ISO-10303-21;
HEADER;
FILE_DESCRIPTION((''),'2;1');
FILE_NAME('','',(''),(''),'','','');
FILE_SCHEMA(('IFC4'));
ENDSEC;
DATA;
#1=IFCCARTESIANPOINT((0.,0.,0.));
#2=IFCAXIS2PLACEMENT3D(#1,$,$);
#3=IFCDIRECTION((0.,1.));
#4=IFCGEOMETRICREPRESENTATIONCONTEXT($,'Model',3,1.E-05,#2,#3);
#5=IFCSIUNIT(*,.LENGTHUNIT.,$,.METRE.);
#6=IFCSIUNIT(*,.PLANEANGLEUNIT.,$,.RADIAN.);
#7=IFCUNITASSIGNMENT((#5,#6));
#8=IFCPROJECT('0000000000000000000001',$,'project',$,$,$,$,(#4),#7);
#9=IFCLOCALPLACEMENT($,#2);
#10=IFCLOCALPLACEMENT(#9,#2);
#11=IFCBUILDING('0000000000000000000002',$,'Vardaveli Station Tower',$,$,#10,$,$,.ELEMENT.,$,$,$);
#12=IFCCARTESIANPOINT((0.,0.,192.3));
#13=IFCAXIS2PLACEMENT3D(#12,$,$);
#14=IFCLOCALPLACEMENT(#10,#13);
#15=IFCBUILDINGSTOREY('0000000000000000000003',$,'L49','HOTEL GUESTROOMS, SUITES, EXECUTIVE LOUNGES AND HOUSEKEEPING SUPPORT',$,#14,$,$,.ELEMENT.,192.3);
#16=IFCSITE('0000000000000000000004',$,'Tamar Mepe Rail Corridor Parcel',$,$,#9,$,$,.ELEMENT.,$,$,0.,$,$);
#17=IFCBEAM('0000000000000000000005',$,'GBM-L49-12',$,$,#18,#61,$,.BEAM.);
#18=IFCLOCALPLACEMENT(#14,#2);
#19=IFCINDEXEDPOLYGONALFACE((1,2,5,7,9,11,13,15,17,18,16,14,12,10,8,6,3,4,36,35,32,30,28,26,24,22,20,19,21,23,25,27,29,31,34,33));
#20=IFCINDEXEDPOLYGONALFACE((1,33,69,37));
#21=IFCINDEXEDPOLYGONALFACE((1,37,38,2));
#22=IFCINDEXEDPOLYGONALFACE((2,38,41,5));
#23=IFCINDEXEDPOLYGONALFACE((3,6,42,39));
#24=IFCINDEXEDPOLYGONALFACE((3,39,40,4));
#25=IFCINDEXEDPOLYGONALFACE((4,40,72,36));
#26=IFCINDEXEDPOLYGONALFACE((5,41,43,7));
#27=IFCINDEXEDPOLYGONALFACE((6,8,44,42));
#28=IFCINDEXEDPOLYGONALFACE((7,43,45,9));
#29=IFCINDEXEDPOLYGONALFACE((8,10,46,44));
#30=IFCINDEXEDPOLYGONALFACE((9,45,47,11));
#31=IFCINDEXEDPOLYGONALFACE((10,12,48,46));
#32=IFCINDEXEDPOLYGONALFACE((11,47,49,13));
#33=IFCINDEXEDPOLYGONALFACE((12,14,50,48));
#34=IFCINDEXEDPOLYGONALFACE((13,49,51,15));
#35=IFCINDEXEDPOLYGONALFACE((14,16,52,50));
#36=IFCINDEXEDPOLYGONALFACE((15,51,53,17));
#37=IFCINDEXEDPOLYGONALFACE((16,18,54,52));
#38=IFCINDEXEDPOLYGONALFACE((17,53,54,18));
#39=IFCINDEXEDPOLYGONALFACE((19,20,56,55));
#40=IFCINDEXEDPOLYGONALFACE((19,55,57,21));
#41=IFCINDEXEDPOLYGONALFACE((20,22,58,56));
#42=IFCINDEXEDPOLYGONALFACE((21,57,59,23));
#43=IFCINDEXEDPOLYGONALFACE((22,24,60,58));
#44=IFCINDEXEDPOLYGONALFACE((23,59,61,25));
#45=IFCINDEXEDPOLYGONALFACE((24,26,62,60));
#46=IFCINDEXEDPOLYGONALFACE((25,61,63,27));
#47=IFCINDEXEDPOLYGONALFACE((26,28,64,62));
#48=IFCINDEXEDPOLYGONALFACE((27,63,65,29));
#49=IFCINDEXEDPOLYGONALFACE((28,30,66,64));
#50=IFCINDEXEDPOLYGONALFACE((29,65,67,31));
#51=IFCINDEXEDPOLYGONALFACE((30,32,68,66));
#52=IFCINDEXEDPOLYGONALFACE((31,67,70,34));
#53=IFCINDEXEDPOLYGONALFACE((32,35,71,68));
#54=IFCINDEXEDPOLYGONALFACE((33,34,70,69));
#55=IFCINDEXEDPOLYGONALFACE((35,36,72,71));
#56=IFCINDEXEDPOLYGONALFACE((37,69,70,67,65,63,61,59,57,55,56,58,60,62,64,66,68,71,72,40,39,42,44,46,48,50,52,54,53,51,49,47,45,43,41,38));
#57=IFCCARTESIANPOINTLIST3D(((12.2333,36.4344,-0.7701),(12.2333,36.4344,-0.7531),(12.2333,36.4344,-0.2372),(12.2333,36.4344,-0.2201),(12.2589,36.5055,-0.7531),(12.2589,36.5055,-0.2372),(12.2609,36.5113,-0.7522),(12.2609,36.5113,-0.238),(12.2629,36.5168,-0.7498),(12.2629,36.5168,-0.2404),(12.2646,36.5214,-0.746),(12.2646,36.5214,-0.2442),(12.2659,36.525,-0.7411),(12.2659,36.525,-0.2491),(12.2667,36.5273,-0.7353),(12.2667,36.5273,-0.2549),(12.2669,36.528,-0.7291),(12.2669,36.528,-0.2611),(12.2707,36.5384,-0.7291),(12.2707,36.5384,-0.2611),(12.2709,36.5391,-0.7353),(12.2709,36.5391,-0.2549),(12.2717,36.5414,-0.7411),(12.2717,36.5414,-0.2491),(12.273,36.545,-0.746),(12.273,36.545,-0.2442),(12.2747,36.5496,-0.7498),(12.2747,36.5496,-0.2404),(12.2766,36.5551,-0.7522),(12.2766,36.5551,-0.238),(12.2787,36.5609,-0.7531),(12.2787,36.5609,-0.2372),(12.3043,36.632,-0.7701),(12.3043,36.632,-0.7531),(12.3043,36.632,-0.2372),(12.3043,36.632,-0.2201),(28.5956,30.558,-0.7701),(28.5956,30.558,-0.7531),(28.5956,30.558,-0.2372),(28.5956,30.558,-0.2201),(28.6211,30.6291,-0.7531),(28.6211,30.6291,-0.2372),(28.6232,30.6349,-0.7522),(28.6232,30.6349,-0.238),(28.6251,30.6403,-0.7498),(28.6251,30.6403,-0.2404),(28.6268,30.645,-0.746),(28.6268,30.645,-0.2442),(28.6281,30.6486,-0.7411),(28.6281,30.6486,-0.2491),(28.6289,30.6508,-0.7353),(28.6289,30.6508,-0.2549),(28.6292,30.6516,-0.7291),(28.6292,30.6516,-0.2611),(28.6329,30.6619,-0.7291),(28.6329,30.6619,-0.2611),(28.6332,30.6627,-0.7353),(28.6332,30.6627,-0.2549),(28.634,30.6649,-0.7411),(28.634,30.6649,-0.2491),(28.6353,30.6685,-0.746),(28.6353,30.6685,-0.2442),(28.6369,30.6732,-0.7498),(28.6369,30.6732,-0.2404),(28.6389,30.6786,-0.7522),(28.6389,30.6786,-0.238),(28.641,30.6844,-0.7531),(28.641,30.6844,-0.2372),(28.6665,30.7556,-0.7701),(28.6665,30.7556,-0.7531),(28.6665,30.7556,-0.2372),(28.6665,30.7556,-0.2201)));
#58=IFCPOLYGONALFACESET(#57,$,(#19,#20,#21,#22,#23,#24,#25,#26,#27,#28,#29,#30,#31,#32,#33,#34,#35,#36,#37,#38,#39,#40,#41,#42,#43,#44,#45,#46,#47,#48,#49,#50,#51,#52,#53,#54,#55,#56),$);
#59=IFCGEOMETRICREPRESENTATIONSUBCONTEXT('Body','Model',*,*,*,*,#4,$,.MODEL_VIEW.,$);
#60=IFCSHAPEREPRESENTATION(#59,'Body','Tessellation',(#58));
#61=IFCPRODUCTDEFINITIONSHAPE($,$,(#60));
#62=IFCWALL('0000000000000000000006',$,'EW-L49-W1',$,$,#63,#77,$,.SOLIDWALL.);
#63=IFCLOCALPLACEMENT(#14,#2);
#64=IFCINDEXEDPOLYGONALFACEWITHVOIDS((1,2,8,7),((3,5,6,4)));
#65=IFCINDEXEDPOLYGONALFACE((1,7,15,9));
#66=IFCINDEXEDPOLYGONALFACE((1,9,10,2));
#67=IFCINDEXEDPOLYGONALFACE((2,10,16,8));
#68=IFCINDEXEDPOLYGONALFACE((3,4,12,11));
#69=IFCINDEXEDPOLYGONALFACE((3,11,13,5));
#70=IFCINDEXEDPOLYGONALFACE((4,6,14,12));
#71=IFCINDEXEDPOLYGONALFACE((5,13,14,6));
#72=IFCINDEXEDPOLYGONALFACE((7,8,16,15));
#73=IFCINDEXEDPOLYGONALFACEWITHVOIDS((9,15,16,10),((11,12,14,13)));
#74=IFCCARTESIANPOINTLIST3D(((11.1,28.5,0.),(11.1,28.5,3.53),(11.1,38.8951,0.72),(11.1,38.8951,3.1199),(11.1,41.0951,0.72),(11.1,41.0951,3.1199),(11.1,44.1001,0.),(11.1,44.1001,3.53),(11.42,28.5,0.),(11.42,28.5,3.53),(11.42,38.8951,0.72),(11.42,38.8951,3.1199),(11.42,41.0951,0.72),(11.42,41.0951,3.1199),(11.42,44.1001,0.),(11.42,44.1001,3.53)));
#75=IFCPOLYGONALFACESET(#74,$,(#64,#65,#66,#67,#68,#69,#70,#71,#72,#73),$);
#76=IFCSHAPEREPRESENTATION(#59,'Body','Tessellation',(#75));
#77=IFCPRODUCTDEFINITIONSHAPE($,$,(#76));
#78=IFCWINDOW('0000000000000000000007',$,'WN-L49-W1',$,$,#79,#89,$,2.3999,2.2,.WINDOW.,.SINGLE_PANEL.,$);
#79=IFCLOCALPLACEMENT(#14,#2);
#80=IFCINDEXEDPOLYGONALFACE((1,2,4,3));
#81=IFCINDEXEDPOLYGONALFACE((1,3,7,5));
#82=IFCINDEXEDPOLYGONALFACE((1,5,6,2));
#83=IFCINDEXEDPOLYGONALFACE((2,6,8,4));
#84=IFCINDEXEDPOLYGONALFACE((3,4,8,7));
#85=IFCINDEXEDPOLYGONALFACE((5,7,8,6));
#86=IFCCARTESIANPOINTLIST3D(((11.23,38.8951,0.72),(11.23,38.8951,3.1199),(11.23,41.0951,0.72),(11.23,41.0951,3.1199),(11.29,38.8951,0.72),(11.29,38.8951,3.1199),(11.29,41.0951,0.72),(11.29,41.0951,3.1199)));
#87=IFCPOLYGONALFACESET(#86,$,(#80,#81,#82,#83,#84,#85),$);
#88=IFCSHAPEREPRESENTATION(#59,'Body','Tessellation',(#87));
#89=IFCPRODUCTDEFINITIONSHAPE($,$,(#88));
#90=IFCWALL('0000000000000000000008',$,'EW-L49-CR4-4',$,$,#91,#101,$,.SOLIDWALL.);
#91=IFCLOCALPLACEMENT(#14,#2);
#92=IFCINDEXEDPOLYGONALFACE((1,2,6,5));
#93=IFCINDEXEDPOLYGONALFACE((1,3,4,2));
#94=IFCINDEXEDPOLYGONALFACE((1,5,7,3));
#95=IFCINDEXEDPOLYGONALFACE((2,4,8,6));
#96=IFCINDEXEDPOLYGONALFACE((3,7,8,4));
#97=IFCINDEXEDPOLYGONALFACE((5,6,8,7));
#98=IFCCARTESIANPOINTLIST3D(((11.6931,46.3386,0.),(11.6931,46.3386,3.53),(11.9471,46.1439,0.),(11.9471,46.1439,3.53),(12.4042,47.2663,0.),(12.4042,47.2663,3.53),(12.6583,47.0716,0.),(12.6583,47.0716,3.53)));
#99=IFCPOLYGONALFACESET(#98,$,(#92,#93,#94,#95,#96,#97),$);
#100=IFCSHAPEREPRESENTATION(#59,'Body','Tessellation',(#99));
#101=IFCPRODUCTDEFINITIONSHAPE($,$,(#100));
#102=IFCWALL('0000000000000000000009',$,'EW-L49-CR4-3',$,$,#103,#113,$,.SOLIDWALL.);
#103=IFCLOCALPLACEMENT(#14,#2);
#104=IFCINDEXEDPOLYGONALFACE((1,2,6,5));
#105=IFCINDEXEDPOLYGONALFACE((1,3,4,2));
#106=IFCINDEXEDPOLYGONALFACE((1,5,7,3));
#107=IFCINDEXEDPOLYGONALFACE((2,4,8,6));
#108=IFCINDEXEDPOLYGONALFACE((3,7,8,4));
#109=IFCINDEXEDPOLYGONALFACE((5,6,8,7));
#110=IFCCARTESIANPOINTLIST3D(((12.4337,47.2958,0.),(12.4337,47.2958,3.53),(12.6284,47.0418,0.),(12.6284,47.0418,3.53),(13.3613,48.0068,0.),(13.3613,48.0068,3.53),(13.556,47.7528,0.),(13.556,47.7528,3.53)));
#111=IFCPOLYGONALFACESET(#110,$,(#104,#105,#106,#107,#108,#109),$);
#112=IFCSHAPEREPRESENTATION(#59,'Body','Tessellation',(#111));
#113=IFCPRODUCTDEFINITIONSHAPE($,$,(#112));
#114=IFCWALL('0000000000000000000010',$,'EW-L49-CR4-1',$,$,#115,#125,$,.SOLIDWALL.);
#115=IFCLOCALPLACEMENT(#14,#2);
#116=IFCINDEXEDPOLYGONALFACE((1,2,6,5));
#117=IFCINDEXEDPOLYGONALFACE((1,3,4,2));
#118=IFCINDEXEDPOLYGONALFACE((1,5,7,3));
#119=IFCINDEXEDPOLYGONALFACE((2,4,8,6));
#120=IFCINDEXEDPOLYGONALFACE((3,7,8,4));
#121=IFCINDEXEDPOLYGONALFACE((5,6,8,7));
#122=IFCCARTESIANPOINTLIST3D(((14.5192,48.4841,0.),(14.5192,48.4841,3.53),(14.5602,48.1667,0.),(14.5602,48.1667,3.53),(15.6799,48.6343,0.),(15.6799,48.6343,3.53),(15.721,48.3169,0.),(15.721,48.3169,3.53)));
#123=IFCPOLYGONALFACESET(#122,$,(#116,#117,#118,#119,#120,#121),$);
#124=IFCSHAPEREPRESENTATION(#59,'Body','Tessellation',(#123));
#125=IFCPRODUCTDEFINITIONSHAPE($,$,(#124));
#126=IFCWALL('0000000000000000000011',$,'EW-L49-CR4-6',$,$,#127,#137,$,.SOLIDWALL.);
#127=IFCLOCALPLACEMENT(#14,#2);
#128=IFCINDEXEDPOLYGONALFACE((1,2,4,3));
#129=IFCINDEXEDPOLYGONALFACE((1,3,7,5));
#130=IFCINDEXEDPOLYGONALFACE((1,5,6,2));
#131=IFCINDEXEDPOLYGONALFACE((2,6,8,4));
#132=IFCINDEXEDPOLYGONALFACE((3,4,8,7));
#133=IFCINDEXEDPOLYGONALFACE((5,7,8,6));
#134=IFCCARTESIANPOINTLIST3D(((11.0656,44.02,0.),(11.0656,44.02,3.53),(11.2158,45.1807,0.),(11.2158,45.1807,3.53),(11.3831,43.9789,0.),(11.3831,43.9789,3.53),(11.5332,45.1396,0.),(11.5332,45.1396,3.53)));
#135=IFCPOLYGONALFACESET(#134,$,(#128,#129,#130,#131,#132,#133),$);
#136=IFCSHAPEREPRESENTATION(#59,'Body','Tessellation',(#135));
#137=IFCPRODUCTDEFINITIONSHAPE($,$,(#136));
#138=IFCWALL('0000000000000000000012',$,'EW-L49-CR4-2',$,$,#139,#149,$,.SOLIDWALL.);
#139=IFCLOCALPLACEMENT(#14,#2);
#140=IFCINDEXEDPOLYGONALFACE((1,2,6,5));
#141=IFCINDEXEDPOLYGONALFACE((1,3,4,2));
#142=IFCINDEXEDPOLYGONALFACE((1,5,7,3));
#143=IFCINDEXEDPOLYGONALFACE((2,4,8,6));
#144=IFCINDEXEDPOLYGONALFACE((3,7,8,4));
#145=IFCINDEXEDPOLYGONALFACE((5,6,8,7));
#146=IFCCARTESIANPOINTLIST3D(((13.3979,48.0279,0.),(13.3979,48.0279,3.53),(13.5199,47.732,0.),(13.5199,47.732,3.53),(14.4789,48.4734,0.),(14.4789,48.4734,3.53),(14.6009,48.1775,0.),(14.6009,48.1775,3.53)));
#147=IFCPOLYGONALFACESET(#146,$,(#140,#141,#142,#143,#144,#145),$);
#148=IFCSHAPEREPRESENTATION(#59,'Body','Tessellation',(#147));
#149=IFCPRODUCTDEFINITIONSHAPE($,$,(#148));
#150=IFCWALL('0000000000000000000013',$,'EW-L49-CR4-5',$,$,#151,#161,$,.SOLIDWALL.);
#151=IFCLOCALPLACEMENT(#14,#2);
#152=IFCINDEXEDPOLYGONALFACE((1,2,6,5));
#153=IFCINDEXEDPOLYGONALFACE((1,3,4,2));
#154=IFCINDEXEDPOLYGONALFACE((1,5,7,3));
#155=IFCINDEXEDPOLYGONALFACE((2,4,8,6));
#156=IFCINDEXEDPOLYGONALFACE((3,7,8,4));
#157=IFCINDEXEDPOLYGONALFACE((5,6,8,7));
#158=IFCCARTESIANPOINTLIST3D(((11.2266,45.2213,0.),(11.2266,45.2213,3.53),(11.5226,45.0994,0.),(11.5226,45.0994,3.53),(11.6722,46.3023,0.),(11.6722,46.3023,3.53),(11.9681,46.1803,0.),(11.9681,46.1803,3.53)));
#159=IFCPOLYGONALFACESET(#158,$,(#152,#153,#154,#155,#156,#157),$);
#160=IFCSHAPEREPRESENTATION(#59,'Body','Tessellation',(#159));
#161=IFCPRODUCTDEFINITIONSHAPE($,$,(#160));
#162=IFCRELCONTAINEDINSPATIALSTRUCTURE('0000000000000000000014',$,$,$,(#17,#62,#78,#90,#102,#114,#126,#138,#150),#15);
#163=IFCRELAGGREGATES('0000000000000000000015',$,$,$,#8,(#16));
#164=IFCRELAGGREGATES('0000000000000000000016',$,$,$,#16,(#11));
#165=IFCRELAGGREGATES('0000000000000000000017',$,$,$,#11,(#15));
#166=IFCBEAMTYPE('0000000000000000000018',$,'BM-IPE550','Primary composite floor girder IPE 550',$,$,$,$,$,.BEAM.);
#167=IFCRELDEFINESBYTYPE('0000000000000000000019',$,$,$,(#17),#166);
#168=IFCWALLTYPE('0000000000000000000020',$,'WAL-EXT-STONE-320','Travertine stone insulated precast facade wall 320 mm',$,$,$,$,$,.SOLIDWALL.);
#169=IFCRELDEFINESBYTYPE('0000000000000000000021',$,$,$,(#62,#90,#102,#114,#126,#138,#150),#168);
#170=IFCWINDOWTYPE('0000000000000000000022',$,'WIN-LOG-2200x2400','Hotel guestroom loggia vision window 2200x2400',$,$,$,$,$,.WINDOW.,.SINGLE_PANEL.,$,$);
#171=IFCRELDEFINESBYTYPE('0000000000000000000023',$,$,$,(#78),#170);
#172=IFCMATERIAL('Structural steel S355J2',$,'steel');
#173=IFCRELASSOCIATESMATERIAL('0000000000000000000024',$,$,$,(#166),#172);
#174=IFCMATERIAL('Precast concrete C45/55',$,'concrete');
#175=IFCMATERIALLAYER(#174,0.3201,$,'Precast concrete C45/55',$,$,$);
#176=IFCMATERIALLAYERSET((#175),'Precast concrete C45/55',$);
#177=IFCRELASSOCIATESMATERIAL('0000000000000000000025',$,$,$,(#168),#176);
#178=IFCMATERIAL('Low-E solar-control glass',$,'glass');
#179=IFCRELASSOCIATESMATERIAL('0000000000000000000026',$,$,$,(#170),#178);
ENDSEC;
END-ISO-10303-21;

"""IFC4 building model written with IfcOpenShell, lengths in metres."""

from ifc_helpers import new_model, si_unit, direction, frame, frame_2d, origin, origin_2d, place, context, subcontext, project, spatial, rectangle, i_section, extrude, source, transform, mapped, material, layer, layer_set, material_profile, profile_set, type_object, element, fill, save


model = new_model("IFC4")

# Units and contexts
model_context = context("Model", 3, precision=1e-05, world=origin(), true_north=direction((0.0, 1.0)))
body_context = subcontext(model_context, "Body", "Model", "MODEL_VIEW")
ifc_project = project(units=[si_unit("LENGTHUNIT", "METRE"), si_unit("PLANEANGLEUNIT", "RADIAN")], contexts=[model_context])

# Site, building, storey
site_placement = place(None, origin())
site = spatial("IfcSite", under=ifc_project, at=site_placement, Name="Tamar Mepe Rail Corridor Parcel", CompositionType="ELEMENT", RefElevation=0.0)
building_placement = place(site_placement, origin())
building = spatial("IfcBuilding", under=site, at=building_placement, Name="Vardaveli Station Tower", CompositionType="ELEMENT")
storey_placement = place(building_placement, frame((0.0, 0.0, 192.3)))
storey = spatial("IfcBuildingStorey", under=building, at=storey_placement, Name="L49", Description="HOTEL GUESTROOMS, SUITES, EXECUTIVE LOUNGES AND HOUSEKEEPING SUPPORT", CompositionType="ELEMENT", Elevation=192.3)

# Beam
ifc_material_1 = material(Name="Precast concrete C45/55", Category="concrete")
ifc_material_2 = material(Name="Structural steel S355J2", Category="steel")
ifc_material_profile_1 = material_profile(ifc_material_2, i_section(OverallWidth=0.21, OverallDepth=0.55, WebThickness=0.011, FlangeThickness=0.0171, FilletRadius=0.0239, at=origin_2d()), Name="IPE 550")
ifc_profile_set_1 = profile_set([ifc_material_profile_1], Name="Structural steel S355J2")
beam_type_1 = type_object("IfcBeamType", Name="BM-IPE550", Description="Primary composite floor girder IPE 550", PredefinedType="BEAM", material=ifc_profile_set_1)
shared_shape_1 = source(origin(), body_context, "Body", "SweptSolid", [
    extrude(i_section(OverallWidth=0.21, OverallDepth=0.55, WebThickness=0.011, FlangeThickness=0.0171, FilletRadius=0.0239, at=origin_2d()), origin(), (0.0, 0.0, 1.0), 17.3855),
])
beam_1_placement = place(storey_placement, frame((12.2688, 36.5332, -0.4951), z_axis=(0.941143, -0.338008, 0.0), x_axis=(0.338008, 0.941143, 0.0)))
element("IfcBeam", 1, at=beam_1_placement, inside=storey, type_object=beam_type_1, Name="GBM-L49-12", PredefinedType="BEAM", context=body_context, shape_type="MappedRepresentation", body=[
    mapped(shared_shape_1, transform((0.0, 0.0, 0.0), scale=1.0)),
])

# Wall, opening, window
ifc_layer_1 = layer(ifc_material_1, 0.3201, Name="Precast concrete C45/55")
ifc_layer_set_1 = layer_set([ifc_layer_1], Name="Precast concrete C45/55")
wall_type_1 = type_object("IfcWallType", Name="WAL-EXT-STONE-320", Description="Travertine stone insulated precast facade wall 320 mm", PredefinedType="SOLIDWALL", material=ifc_layer_set_1)
shared_shape_2 = source(origin(), body_context, "Body", "SweptSolid", [
    extrude(rectangle(XDim=15.6001, YDim=0.3201, at=frame_2d((7.8, 0.0))), origin(), (0.0, 0.0, 1.0), 3.53),
])
wall_1_placement = place(storey_placement, frame((11.26, 44.1001, 0.0), z_axis=(0.0, 0.0, 1.0), x_axis=(0.0, -1.0, 0.0)))
wall_1 = element("IfcWall", 2, at=wall_1_placement, inside=storey, type_object=wall_type_1, Name="EW-L49-W1", PredefinedType="SOLIDWALL", context=body_context, shape_type="MappedRepresentation", body=[
    mapped(shared_shape_2, transform((0.0, 0.0, 0.0), scale=1.0)),
])
shared_shape_3 = source(origin(), body_context, "Body", "SweptSolid", [
    extrude(rectangle(XDim=2.2, YDim=2.3999, at=frame_2d((1.1001, 1.2))), frame((0.0, 0.1699, 0.0), z_axis=(0.0, -1.0, 0.0), x_axis=(1.0, 0.0, 0.0)), (0.0, 0.0, 1.0), 0.3401),
])
opening_1_placement = place(wall_1_placement, frame((3.0049, 0.0, 0.72)))
opening_1 = element("IfcOpeningElement", 3, at=opening_1_placement, cuts=wall_1, PredefinedType="OPENING", context=body_context, shape_type="MappedRepresentation", body=[
    mapped(shared_shape_3, transform((0.0, 0.0, 0.0), scale=1.0)),
])
ifc_material_3 = material(Name="Low-E solar-control glass", Category="glass")
window_type = type_object("IfcWindowType", Name="WIN-LOG-2200x2400", Description="Hotel guestroom loggia vision window 2200x2400", PartitioningType="SINGLE_PANEL", PredefinedType="WINDOW", material=ifc_material_3)
shared_shape_4 = source(origin(), body_context, "Body", "SweptSolid", [
    extrude(rectangle(XDim=2.2, YDim=2.3999, at=frame_2d((1.1001, 1.2))), frame((0.0, 0.03, 0.0), z_axis=(0.0, -1.0, 0.0), x_axis=(1.0, 0.0, 0.0)), (0.0, 0.0, 1.0), 0.0601),
])
window_placement = place(opening_1_placement, origin())
window = element("IfcWindow", 4, at=window_placement, inside=storey, type_object=window_type, Name="WN-L49-W1", OverallHeight=2.3999, OverallWidth=2.2, PartitioningType="SINGLE_PANEL", PredefinedType="WINDOW", context=body_context, shape_type="MappedRepresentation", body=[
    mapped(shared_shape_4, transform((0.0, 0.0, 0.0), scale=1.0)),
])
fill(opening_1, window)

# Walls
shared_shape_5 = source(origin(), body_context, "Body", "SweptSolid", [
    extrude(rectangle(XDim=1.1689, YDim=0.3201, at=frame_2d((0.5845, 0.0))), origin(), (0.0, 0.0, 1.0), 3.53),
])
wall_2_placement = place(storey_placement, frame((12.5312, 47.1689, 0.0), z_axis=(0.0, 0.0, 1.0), x_axis=(-0.608388, -0.79364, 0.0)))
element("IfcWall", 5, at=wall_2_placement, inside=storey, type_object=wall_type_1, Name="EW-L49-CR4-4", PredefinedType="SOLIDWALL", context=body_context, shape_type="MappedRepresentation", body=[
    mapped(shared_shape_5, transform((0.0, 0.0, 0.0), scale=1.0)),
])
shared_shape_6 = source(origin(), body_context, "Body", "SweptSolid", [
    extrude(rectangle(XDim=1.1687, YDim=0.3201, at=frame_2d((0.5845, 0.0))), origin(), (0.0, 0.0, 1.0), 3.53),
])
wall_3_placement = place(storey_placement, frame((13.4587, 47.8799, 0.0), z_axis=(0.0, 0.0, 1.0), x_axis=(-0.793664, -0.608357, 0.0)))
element("IfcWall", 6, at=wall_3_placement, inside=storey, type_object=wall_type_1, Name="EW-L49-CR4-3", PredefinedType="SOLIDWALL", context=body_context, shape_type="MappedRepresentation", body=[
    mapped(shared_shape_6, transform((0.0, 0.0, 0.0), scale=1.0)),
])
shared_shape_7 = source(origin(), body_context, "Body", "SweptSolid", [
    extrude(rectangle(XDim=1.1704, YDim=0.3201, at=frame_2d((0.5852, 0.0))), origin(), (0.0, 0.0, 1.0), 3.53),
])
for number, where, z_axis, x_axis, name in (
    (7, (15.7004, 48.4756, 0.0), (0.0, 0.0, 1.0), (-0.991736, -0.128296, 0.0), "EW-L49-CR4-1"),
    (8, (11.3745, 45.1602, 0.0), (0.0, 0.0, 1.0), (-0.128296, -0.991736, 0.0), "EW-L49-CR4-6"),
):
    element("IfcWall", number, at=place(storey_placement, frame(where, z_axis=z_axis, x_axis=x_axis)), inside=storey, type_object=wall_type_1, Name=name, PredefinedType="SOLIDWALL", context=body_context, shape_type="MappedRepresentation", body=[
        mapped(shared_shape_7, transform((0.0, 0.0, 0.0), scale=1.0)),
    ])
shared_shape_8 = source(origin(), body_context, "Body", "SweptSolid", [
    extrude(rectangle(XDim=1.1692, YDim=0.3201, at=frame_2d((0.5845, 0.0))), origin(), (0.0, 0.0, 1.0), 3.53),
])
for number, where, z_axis, x_axis, name in (
    (9, (14.5398, 48.3254, 0.0), (0.0, 0.0, 1.0), (-0.924553, -0.381054, 0.0), "EW-L49-CR4-2"),
    (10, (11.8201, 46.2412, 0.0), (0.0, 0.0, 1.0), (-0.381054, -0.924553, 0.0), "EW-L49-CR4-5"),
):
    element("IfcWall", number, at=place(storey_placement, frame(where, z_axis=z_axis, x_axis=x_axis)), inside=storey, type_object=wall_type_1, Name=name, PredefinedType="SOLIDWALL", context=body_context, shape_type="MappedRepresentation", body=[
        mapped(shared_shape_8, transform((0.0, 0.0, 0.0), scale=1.0)),
    ])

save(model, "model.ifc")
